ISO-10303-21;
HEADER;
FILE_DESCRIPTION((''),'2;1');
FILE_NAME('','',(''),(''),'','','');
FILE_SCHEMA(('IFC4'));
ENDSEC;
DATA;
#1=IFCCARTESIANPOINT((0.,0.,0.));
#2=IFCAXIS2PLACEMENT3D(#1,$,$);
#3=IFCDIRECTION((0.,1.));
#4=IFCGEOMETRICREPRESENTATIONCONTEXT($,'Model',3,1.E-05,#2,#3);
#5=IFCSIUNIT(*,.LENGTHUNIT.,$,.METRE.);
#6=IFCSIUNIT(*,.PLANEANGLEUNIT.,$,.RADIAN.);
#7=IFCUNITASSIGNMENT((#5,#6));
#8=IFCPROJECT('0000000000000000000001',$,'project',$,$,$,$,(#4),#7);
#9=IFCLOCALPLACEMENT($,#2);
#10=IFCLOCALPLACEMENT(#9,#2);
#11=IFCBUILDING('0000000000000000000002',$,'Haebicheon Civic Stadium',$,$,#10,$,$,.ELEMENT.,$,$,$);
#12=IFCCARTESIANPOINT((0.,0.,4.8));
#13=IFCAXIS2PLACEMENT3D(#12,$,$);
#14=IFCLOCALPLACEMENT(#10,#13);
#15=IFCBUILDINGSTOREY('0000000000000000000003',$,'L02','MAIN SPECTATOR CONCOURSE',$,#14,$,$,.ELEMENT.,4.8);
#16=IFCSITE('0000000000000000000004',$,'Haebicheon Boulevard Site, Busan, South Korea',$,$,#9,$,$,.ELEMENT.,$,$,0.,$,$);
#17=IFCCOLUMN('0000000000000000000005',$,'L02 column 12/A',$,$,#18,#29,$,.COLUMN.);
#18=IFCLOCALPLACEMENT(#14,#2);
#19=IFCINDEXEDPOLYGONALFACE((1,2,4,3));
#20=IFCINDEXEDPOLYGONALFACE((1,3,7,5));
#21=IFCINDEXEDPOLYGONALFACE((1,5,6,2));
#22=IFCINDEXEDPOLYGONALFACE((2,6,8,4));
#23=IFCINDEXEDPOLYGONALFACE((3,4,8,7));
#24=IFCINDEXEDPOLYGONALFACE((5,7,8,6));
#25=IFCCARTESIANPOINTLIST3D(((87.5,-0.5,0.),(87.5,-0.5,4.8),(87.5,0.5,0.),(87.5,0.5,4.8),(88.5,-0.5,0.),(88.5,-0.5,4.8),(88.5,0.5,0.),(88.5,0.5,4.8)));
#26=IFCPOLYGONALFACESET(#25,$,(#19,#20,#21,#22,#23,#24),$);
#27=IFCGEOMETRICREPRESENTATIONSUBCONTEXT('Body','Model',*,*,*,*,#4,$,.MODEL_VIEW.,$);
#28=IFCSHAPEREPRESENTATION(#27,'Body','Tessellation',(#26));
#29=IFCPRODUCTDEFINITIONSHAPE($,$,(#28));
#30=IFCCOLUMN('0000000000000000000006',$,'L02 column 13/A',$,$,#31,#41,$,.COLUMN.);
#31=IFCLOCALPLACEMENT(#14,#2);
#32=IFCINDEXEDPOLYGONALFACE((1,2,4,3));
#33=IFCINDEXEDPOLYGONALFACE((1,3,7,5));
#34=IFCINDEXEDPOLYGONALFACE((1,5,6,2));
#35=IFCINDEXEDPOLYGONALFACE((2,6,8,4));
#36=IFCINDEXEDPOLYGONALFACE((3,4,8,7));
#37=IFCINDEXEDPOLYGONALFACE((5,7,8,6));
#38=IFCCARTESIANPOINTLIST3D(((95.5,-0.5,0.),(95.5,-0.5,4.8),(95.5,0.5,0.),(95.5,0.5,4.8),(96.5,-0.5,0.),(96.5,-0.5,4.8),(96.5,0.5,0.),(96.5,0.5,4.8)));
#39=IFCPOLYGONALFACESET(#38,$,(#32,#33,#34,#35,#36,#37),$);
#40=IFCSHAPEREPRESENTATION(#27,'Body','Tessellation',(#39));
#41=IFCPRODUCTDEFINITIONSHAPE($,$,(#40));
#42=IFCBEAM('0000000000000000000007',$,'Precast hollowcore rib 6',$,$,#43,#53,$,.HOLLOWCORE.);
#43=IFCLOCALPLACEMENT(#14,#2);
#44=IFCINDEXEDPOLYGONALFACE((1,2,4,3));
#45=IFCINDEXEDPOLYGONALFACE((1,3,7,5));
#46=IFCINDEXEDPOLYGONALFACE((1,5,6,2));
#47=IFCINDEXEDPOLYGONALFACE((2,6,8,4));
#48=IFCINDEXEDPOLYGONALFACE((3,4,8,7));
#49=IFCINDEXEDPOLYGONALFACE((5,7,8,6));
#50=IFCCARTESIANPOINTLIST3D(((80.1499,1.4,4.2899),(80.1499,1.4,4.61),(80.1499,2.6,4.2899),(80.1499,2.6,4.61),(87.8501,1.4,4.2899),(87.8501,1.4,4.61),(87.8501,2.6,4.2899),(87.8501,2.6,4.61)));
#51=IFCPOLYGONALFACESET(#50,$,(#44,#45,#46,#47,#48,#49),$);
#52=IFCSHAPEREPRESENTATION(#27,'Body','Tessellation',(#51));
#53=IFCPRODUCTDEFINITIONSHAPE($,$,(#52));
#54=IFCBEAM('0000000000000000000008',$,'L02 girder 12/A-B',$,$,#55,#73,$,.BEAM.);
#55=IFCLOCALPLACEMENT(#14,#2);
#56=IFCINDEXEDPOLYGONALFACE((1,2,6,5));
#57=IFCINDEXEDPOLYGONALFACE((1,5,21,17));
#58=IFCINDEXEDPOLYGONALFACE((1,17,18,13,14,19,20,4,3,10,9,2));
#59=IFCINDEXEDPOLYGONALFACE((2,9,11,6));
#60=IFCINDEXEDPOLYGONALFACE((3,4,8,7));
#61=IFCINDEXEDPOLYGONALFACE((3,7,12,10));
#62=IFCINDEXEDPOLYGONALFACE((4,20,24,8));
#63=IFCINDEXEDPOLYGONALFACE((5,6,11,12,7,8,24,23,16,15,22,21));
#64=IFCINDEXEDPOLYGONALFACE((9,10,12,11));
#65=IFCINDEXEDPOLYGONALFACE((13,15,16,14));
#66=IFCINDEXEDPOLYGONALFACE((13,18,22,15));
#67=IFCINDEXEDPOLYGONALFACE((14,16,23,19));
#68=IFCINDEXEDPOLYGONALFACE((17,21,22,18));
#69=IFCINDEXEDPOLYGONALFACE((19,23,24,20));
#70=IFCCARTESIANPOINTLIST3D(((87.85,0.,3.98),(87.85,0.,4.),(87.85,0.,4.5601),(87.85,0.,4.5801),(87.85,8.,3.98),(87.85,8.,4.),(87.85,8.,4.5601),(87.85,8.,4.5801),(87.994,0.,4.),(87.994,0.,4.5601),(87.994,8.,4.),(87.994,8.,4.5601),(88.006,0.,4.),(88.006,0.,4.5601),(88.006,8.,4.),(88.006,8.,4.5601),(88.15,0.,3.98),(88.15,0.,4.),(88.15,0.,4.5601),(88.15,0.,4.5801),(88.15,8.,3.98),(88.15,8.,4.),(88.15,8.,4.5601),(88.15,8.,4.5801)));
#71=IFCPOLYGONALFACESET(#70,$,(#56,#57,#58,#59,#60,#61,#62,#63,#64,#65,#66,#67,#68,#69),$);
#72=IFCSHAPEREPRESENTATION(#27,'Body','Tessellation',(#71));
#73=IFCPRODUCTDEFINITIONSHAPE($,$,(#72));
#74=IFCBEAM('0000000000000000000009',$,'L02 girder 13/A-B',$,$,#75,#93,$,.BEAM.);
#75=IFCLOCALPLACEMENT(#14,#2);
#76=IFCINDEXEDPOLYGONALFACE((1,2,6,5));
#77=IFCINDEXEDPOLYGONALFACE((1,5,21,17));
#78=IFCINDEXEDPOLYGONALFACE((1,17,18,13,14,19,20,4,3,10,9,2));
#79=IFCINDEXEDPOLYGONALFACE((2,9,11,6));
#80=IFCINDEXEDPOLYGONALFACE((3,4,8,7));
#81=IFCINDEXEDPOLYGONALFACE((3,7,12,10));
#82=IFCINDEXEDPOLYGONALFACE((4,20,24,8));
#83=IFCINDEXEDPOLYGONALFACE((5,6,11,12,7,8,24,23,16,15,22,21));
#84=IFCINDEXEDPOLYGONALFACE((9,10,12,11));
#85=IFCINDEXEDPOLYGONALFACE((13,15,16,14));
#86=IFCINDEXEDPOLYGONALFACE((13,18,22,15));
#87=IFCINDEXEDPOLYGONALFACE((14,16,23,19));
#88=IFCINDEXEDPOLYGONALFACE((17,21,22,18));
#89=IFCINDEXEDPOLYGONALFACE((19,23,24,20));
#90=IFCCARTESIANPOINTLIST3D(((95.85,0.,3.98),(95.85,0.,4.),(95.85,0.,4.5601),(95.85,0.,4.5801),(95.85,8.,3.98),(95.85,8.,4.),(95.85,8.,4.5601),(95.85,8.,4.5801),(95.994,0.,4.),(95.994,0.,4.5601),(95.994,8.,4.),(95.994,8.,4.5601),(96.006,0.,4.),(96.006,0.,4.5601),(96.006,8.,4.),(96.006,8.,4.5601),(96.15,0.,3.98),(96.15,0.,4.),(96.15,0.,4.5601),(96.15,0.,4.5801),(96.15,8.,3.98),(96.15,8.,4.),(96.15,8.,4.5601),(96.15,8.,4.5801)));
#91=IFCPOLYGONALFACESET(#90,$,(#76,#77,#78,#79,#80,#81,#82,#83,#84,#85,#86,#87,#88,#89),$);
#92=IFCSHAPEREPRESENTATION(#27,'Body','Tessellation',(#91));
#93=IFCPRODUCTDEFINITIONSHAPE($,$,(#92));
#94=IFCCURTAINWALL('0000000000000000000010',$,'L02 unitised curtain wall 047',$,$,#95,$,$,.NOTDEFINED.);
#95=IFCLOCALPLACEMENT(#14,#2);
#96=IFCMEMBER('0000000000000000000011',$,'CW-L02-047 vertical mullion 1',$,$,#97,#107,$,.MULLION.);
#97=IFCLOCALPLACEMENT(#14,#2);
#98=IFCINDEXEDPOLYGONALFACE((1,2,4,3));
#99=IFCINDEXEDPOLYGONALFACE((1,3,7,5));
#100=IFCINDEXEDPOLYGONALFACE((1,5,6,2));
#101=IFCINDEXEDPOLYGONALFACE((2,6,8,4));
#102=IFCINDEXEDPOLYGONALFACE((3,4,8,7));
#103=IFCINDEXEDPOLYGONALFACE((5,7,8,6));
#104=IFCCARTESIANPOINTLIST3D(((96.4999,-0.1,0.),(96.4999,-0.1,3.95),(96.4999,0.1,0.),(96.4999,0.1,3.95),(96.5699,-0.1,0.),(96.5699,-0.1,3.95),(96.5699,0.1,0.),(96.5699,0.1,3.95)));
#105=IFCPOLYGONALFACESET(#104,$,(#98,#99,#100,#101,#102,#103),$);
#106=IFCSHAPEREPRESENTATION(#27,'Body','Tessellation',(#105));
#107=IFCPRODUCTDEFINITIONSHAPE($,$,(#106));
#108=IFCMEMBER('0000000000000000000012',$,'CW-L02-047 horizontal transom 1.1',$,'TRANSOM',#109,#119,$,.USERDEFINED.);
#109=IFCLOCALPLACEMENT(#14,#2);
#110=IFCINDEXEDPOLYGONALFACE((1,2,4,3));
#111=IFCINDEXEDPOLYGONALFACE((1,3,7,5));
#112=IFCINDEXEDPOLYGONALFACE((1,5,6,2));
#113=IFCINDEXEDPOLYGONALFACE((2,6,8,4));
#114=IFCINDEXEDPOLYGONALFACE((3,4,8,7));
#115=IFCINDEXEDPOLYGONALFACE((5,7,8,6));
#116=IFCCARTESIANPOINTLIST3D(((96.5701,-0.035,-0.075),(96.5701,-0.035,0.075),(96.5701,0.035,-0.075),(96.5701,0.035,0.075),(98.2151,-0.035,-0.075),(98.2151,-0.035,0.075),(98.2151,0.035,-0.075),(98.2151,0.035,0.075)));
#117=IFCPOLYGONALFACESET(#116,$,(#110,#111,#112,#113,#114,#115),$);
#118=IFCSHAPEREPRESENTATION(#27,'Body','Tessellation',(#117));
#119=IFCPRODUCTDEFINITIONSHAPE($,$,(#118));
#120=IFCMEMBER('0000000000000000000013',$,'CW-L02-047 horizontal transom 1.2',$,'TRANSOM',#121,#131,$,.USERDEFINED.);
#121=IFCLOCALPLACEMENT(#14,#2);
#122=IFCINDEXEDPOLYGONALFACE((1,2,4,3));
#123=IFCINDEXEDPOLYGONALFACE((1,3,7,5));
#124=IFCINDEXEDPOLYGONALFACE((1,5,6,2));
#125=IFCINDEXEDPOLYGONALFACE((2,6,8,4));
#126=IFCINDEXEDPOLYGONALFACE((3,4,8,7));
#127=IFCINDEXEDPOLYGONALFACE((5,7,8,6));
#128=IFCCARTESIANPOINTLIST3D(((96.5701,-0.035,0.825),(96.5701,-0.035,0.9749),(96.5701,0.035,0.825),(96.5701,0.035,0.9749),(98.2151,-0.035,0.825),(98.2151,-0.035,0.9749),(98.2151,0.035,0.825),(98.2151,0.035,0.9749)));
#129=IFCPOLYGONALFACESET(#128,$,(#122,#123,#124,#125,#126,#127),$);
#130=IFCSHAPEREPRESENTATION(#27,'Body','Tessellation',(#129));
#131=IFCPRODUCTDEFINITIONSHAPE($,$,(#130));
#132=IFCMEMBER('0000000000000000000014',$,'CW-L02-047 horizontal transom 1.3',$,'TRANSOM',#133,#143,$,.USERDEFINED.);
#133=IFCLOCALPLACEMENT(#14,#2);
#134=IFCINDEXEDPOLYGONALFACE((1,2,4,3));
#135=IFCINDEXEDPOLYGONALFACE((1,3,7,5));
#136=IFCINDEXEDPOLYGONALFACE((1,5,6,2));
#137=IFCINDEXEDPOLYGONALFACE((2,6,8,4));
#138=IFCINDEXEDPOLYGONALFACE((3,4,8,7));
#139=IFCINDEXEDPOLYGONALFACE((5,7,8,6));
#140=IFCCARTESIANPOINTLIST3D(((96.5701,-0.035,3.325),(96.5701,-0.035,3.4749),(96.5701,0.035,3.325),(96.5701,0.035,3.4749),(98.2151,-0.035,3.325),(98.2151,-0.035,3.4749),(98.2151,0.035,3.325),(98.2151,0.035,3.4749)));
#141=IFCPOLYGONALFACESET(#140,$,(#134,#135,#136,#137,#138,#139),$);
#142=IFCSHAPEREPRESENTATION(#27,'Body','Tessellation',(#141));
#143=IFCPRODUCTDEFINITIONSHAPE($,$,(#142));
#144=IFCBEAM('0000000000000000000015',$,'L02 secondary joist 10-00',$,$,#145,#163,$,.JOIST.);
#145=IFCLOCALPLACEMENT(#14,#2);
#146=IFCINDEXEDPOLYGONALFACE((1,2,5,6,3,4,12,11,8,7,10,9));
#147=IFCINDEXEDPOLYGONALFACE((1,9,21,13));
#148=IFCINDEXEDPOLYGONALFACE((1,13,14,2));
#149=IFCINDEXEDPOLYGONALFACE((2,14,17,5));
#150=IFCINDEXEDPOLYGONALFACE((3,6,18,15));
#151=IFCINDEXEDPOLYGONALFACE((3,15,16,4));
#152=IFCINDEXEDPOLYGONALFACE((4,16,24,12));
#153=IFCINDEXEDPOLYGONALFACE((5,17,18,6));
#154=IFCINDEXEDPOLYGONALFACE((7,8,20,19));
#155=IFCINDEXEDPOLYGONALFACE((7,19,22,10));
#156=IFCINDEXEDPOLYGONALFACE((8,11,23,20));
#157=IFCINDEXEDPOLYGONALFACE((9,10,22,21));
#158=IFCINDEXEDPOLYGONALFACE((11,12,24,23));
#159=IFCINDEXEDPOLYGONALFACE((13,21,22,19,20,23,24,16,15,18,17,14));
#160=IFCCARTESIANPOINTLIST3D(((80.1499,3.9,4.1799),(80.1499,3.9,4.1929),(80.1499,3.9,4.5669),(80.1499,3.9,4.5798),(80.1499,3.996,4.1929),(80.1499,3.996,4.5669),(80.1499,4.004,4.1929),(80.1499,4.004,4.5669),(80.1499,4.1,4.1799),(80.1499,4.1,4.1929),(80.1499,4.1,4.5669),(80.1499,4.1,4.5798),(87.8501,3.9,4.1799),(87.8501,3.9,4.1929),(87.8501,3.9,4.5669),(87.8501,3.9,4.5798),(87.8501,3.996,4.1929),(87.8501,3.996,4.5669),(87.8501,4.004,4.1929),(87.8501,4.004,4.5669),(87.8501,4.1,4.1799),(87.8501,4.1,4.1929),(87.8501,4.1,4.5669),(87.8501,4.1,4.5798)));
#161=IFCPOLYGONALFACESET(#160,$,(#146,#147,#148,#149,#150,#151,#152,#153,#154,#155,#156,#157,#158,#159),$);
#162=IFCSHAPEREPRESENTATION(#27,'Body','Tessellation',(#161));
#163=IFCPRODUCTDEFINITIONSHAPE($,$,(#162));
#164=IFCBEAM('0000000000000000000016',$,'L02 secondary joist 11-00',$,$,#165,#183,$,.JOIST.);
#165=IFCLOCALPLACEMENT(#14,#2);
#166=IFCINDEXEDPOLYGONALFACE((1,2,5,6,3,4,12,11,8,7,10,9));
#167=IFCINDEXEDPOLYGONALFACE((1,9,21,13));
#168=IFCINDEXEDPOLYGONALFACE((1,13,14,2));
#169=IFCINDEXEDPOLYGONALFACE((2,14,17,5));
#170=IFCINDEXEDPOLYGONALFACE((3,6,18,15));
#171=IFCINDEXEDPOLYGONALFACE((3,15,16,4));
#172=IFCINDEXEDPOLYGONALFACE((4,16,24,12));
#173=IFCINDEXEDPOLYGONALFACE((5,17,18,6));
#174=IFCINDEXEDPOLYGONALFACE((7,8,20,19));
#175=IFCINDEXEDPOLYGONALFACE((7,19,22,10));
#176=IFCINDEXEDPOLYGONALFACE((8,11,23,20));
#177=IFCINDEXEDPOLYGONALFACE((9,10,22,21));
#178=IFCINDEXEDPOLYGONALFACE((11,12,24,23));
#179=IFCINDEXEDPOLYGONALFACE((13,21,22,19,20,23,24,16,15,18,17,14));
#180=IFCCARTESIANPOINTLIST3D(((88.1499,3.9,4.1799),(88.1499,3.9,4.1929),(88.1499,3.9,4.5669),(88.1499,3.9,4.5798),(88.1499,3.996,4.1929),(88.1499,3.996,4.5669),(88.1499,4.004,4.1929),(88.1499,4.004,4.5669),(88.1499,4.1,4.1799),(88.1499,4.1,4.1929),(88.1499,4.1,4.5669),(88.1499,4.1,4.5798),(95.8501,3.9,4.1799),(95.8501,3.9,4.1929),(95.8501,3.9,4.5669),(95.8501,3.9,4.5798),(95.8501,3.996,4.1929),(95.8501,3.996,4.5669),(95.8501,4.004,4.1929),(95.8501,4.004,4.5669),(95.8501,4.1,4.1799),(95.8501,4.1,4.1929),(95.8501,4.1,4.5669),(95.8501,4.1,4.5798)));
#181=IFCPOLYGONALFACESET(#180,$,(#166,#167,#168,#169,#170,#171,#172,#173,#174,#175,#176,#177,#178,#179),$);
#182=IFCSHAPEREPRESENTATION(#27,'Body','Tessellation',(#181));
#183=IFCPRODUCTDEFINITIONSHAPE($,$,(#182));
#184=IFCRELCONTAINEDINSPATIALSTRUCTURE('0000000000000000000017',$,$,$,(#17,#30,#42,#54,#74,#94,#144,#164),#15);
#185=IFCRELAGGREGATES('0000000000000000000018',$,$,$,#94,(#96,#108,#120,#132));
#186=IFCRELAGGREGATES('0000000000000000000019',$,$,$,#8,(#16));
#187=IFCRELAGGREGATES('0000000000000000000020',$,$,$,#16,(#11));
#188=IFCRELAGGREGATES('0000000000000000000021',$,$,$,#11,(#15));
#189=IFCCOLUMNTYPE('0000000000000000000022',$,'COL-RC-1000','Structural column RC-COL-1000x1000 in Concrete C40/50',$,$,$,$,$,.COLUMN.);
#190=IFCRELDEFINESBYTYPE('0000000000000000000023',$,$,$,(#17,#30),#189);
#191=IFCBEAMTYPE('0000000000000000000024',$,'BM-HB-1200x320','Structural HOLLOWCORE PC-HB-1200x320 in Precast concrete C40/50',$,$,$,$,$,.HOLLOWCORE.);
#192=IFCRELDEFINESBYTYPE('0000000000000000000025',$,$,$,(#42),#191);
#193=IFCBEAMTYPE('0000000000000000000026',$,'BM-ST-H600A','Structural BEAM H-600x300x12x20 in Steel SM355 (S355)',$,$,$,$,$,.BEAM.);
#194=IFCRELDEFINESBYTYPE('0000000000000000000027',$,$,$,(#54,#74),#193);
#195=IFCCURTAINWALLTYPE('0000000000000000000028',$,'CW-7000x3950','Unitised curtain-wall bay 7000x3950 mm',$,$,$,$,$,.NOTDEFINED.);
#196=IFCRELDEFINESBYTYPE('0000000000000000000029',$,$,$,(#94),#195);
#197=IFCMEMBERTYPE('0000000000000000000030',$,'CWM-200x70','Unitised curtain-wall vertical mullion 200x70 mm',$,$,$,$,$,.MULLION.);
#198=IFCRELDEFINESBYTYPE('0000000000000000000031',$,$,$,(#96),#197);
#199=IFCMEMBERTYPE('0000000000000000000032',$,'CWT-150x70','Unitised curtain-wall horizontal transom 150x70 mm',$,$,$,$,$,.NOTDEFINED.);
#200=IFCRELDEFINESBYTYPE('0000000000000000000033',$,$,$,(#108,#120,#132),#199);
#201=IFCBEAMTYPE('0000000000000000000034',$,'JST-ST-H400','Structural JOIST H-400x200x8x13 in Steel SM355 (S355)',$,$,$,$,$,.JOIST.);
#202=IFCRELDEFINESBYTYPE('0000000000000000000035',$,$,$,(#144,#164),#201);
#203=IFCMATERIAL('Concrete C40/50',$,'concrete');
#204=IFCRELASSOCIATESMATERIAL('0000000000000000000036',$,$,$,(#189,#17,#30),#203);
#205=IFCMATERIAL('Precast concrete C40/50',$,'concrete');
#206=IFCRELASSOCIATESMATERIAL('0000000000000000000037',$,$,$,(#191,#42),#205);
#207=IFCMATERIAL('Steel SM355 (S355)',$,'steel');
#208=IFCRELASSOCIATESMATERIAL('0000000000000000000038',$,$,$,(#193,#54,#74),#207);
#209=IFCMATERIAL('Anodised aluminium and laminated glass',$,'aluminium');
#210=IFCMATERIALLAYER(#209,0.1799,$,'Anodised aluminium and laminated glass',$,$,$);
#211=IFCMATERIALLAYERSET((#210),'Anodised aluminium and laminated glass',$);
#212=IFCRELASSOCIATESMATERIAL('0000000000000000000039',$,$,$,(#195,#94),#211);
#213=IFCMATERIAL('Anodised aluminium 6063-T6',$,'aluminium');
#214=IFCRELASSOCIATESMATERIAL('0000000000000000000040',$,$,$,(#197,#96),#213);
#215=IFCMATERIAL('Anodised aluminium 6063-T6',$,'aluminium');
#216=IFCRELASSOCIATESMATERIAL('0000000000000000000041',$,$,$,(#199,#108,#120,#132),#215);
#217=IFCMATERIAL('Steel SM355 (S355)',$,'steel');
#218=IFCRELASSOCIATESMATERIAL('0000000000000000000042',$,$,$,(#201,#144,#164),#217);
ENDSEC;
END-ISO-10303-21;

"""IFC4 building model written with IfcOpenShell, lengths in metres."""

from ifc_helpers import new_model, si_unit, direction, frame, origin, origin_2d, place, context, subcontext, project, spatial, rectangle, i_section, extrude, material, layer, layer_set, material_profile, profile_set, type_object, element, aggregate, save


model = new_model("IFC4")

# Units and contexts
model_context = context("Model", 3, precision=1e-05, world=origin(), true_north=direction((0.0, 1.0)))
body_context = subcontext(model_context, "Body", "Model", "MODEL_VIEW")
ifc_project = project(units=[si_unit("LENGTHUNIT", "METRE"), si_unit("PLANEANGLEUNIT", "RADIAN")], contexts=[model_context])

# Site, building, storey
site_placement = place(None, origin())
site = spatial("IfcSite", under=ifc_project, at=site_placement, Name="Haebicheon Boulevard Site, Busan, South Korea", CompositionType="ELEMENT", RefElevation=0.0)
building_placement = place(site_placement, origin())
building = spatial("IfcBuilding", under=site, at=building_placement, Name="Haebicheon Civic Stadium", CompositionType="ELEMENT")
storey_placement = place(building_placement, frame((0.0, 0.0, 4.8)))
storey = spatial("IfcBuildingStorey", under=building, at=storey_placement, Name="L02", Description="MAIN SPECTATOR CONCOURSE", CompositionType="ELEMENT", Elevation=4.8)

# Columns
ifc_material_1 = material(Name="Concrete C40/50", Category="concrete")
ifc_material_profile_1 = material_profile(ifc_material_1, rectangle(XDim=1.0, YDim=1.0, at=origin_2d()), Name="RC-COL-1000x1000")
ifc_profile_set_1 = profile_set([ifc_material_profile_1], Name="Concrete C40/50")
column_type = type_object("IfcColumnType", Name="COL-RC-1000", Description="Structural column RC-COL-1000x1000 in Concrete C40/50", PredefinedType="COLUMN", material=ifc_profile_set_1)
for number, where, z_axis, x_axis, name in (
    (1, (88.0, 0.0, 0.0), (0.0, 0.0, 1.0), (1.0, 0.0, 0.0), "L02 column 12/A"),
    (2, (96.0, 0.0, 0.0), (0.0, 0.0, 1.0), (1.0, 0.0, 0.0), "L02 column 13/A"),
):
    element("IfcColumn", number, at=place(storey_placement, frame(where, z_axis=z_axis, x_axis=x_axis)), inside=storey, type_object=column_type, material=ifc_profile_set_1, Name=name, PredefinedType="COLUMN", context=body_context, shape_type="SweptSolid", body=[
        extrude(rectangle(XDim=1.0, YDim=1.0, at=origin_2d()), origin(), (0.0, 0.0, 1.0), 4.8),
    ])

# Beams
ifc_material_2 = material(Name="Precast concrete C40/50", Category="concrete")
ifc_material_profile_2 = material_profile(ifc_material_2, rectangle(XDim=1.2, YDim=0.3201, at=origin_2d()), Name="PC-HB-1200x320")
ifc_profile_set_2 = profile_set([ifc_material_profile_2], Name="Precast concrete C40/50")
beam_type_1 = type_object("IfcBeamType", Name="BM-HB-1200x320", Description="Structural HOLLOWCORE PC-HB-1200x320 in Precast concrete C40/50", PredefinedType="HOLLOWCORE", material=ifc_profile_set_2)
beam_placement = place(storey_placement, frame((80.1499, 2.0, 4.45), z_axis=(1.0, 0.0, 0.0), x_axis=(0.0, 1.0, 0.0)))
element("IfcBeam", 3, at=beam_placement, inside=storey, type_object=beam_type_1, material=ifc_profile_set_2, Name="Precast hollowcore rib 6", PredefinedType="HOLLOWCORE", context=body_context, shape_type="SweptSolid", body=[
    extrude(rectangle(XDim=1.2, YDim=0.3201, at=origin_2d()), origin(), (0.0, 0.0, 1.0), 7.7002),
])
ifc_material_3 = material(Name="Steel SM355 (S355)", Category="steel")
ifc_material_profile_3 = material_profile(ifc_material_3, i_section(OverallWidth=0.3, OverallDepth=0.6001, WebThickness=0.012, FlangeThickness=0.02, at=origin_2d()), Name="H-600x300x12x20")
ifc_profile_set_3 = profile_set([ifc_material_profile_3], Name="Steel SM355 (S355)")
beam_type_2 = type_object("IfcBeamType", Name="BM-ST-H600A", Description="Structural BEAM H-600x300x12x20 in Steel SM355 (S355)", PredefinedType="BEAM", material=ifc_profile_set_3)
for number, where, z_axis, x_axis, name in (
    (4, (88.0, 0.0, 4.28), (0.0, 1.0, 0.0), (-1.0, 0.0, 0.0), "L02 girder 12/A-B"),
    (5, (96.0, 0.0, 4.28), (0.0, 1.0, 0.0), (-1.0, 0.0, 0.0), "L02 girder 13/A-B"),
):
    element("IfcBeam", number, at=place(storey_placement, frame(where, z_axis=z_axis, x_axis=x_axis)), inside=storey, type_object=beam_type_2, material=ifc_profile_set_3, Name=name, PredefinedType="BEAM", context=body_context, shape_type="SweptSolid", body=[
        extrude(i_section(OverallWidth=0.3, OverallDepth=0.6001, WebThickness=0.012, FlangeThickness=0.02, at=origin_2d()), origin(), (0.0, 0.0, 1.0), 8.0),
    ])

# Curtain wall, members
ifc_material_4 = material(Name="Anodised aluminium and laminated glass", Category="aluminium")
ifc_layer_1 = layer(ifc_material_4, 0.1799, Name="Anodised aluminium and laminated glass")
ifc_layer_set_1 = layer_set([ifc_layer_1], Name="Anodised aluminium and laminated glass")
curtain_wall_type = type_object("IfcCurtainWallType", Name="CW-7000x3950", Description="Unitised curtain-wall bay 7000x3950 mm", PredefinedType="NOTDEFINED", material=ifc_layer_set_1)
curtain_wall_placement = place(storey_placement, origin())
curtain_wall = element("IfcCurtainWall", 6, at=curtain_wall_placement, inside=storey, type_object=curtain_wall_type, material=ifc_layer_set_1, Name="L02 unitised curtain wall 047", PredefinedType="NOTDEFINED")
ifc_material_5 = material(Name="Anodised aluminium 6063-T6", Category="aluminium")
ifc_material_profile_4 = material_profile(ifc_material_5, rectangle(XDim=0.0701, YDim=0.2, at=origin_2d()), Name="ALU-MULL-70x200")
ifc_profile_set_4 = profile_set([ifc_material_profile_4], Name="Anodised aluminium 6063-T6")
member_type_1 = type_object("IfcMemberType", Name="CWM-200x70", Description="Unitised curtain-wall vertical mullion 200x70 mm", PredefinedType="MULLION", material=ifc_profile_set_4)
member_1_placement = place(storey_placement, frame((96.5349, 0.0, 0.0), z_axis=(0.0, 0.0, 1.0), x_axis=(1.0, 0.0, 0.0)))
member_1 = element("IfcMember", 7, at=member_1_placement, type_object=member_type_1, material=ifc_profile_set_4, Name="CW-L02-047 vertical mullion 1", PredefinedType="MULLION", context=body_context, shape_type="SweptSolid", body=[
    extrude(rectangle(XDim=0.0701, YDim=0.2, at=origin_2d()), origin(), (0.0, 0.0, 1.0), 3.95),
])
ifc_material_6 = material(Name="Anodised aluminium 6063-T6", Category="aluminium")
ifc_material_profile_5 = material_profile(ifc_material_6, rectangle(XDim=0.0701, YDim=0.1499, at=origin_2d()), Name="ALU-TRAN-70x150")
ifc_profile_set_5 = profile_set([ifc_material_profile_5], Name="Anodised aluminium 6063-T6")
member_type_2 = type_object("IfcMemberType", Name="CWT-150x70", Description="Unitised curtain-wall horizontal transom 150x70 mm", PredefinedType="NOTDEFINED", material=ifc_profile_set_5)
member_2_placement = place(storey_placement, frame((96.5701, 0.0, 0.0), z_axis=(1.0, 0.0, 0.0), x_axis=(0.0, 1.0, 0.0)))
member_2 = element("IfcMember", 8, at=member_2_placement, type_object=member_type_2, material=ifc_profile_set_5, Name="CW-L02-047 horizontal transom 1.1", ObjectType="TRANSOM", PredefinedType="USERDEFINED", context=body_context, shape_type="SweptSolid", body=[
    extrude(rectangle(XDim=0.0701, YDim=0.1499, at=origin_2d()), origin(), (0.0, 0.0, 1.0), 1.645),
])
member_3_placement = place(storey_placement, frame((96.5701, 0.0, 0.8999), z_axis=(1.0, 0.0, 0.0), x_axis=(0.0, 1.0, 0.0)))
member_3 = element("IfcMember", 9, at=member_3_placement, type_object=member_type_2, material=ifc_profile_set_5, Name="CW-L02-047 horizontal transom 1.2", ObjectType="TRANSOM", PredefinedType="USERDEFINED", context=body_context, shape_type="SweptSolid", body=[
    extrude(rectangle(XDim=0.0701, YDim=0.1499, at=origin_2d()), origin(), (0.0, 0.0, 1.0), 1.645),
])
member_4_placement = place(storey_placement, frame((96.5701, 0.0, 3.3999), z_axis=(1.0, 0.0, 0.0), x_axis=(0.0, 1.0, 0.0)))
member_4 = element("IfcMember", 10, at=member_4_placement, type_object=member_type_2, material=ifc_profile_set_5, Name="CW-L02-047 horizontal transom 1.3", ObjectType="TRANSOM", PredefinedType="USERDEFINED", context=body_context, shape_type="SweptSolid", body=[
    extrude(rectangle(XDim=0.0701, YDim=0.1499, at=origin_2d()), origin(), (0.0, 0.0, 1.0), 1.645),
])
aggregate(curtain_wall, [member_1, member_2, member_3, member_4])

# Beams
ifc_material_7 = material(Name="Steel SM355 (S355)", Category="steel")
ifc_material_profile_6 = material_profile(ifc_material_7, i_section(OverallWidth=0.2, OverallDepth=0.3999, WebThickness=0.0081, FlangeThickness=0.0129, at=origin_2d()), Name="H-400x200x8x13")
ifc_profile_set_6 = profile_set([ifc_material_profile_6], Name="Steel SM355 (S355)")
beam_type_3 = type_object("IfcBeamType", Name="JST-ST-H400", Description="Structural JOIST H-400x200x8x13 in Steel SM355 (S355)", PredefinedType="JOIST", material=ifc_profile_set_6)
for number, where, z_axis, x_axis, name in (
    (11, (80.1499, 4.0, 4.3799), (1.0, 0.0, 0.0), (0.0, 1.0, 0.0), "L02 secondary joist 10-00"),
    (12, (88.1499, 4.0, 4.3799), (1.0, 0.0, 0.0), (0.0, 1.0, 0.0), "L02 secondary joist 11-00"),
):
    element("IfcBeam", number, at=place(storey_placement, frame(where, z_axis=z_axis, x_axis=x_axis)), inside=storey, type_object=beam_type_3, material=ifc_profile_set_6, Name=name, PredefinedType="JOIST", context=body_context, shape_type="SweptSolid", body=[
        extrude(i_section(OverallWidth=0.2, OverallDepth=0.3999, WebThickness=0.0081, FlangeThickness=0.0129, at=origin_2d()), origin(), (0.0, 0.0, 1.0), 7.7002),
    ])

save(model, "model.ifc")
